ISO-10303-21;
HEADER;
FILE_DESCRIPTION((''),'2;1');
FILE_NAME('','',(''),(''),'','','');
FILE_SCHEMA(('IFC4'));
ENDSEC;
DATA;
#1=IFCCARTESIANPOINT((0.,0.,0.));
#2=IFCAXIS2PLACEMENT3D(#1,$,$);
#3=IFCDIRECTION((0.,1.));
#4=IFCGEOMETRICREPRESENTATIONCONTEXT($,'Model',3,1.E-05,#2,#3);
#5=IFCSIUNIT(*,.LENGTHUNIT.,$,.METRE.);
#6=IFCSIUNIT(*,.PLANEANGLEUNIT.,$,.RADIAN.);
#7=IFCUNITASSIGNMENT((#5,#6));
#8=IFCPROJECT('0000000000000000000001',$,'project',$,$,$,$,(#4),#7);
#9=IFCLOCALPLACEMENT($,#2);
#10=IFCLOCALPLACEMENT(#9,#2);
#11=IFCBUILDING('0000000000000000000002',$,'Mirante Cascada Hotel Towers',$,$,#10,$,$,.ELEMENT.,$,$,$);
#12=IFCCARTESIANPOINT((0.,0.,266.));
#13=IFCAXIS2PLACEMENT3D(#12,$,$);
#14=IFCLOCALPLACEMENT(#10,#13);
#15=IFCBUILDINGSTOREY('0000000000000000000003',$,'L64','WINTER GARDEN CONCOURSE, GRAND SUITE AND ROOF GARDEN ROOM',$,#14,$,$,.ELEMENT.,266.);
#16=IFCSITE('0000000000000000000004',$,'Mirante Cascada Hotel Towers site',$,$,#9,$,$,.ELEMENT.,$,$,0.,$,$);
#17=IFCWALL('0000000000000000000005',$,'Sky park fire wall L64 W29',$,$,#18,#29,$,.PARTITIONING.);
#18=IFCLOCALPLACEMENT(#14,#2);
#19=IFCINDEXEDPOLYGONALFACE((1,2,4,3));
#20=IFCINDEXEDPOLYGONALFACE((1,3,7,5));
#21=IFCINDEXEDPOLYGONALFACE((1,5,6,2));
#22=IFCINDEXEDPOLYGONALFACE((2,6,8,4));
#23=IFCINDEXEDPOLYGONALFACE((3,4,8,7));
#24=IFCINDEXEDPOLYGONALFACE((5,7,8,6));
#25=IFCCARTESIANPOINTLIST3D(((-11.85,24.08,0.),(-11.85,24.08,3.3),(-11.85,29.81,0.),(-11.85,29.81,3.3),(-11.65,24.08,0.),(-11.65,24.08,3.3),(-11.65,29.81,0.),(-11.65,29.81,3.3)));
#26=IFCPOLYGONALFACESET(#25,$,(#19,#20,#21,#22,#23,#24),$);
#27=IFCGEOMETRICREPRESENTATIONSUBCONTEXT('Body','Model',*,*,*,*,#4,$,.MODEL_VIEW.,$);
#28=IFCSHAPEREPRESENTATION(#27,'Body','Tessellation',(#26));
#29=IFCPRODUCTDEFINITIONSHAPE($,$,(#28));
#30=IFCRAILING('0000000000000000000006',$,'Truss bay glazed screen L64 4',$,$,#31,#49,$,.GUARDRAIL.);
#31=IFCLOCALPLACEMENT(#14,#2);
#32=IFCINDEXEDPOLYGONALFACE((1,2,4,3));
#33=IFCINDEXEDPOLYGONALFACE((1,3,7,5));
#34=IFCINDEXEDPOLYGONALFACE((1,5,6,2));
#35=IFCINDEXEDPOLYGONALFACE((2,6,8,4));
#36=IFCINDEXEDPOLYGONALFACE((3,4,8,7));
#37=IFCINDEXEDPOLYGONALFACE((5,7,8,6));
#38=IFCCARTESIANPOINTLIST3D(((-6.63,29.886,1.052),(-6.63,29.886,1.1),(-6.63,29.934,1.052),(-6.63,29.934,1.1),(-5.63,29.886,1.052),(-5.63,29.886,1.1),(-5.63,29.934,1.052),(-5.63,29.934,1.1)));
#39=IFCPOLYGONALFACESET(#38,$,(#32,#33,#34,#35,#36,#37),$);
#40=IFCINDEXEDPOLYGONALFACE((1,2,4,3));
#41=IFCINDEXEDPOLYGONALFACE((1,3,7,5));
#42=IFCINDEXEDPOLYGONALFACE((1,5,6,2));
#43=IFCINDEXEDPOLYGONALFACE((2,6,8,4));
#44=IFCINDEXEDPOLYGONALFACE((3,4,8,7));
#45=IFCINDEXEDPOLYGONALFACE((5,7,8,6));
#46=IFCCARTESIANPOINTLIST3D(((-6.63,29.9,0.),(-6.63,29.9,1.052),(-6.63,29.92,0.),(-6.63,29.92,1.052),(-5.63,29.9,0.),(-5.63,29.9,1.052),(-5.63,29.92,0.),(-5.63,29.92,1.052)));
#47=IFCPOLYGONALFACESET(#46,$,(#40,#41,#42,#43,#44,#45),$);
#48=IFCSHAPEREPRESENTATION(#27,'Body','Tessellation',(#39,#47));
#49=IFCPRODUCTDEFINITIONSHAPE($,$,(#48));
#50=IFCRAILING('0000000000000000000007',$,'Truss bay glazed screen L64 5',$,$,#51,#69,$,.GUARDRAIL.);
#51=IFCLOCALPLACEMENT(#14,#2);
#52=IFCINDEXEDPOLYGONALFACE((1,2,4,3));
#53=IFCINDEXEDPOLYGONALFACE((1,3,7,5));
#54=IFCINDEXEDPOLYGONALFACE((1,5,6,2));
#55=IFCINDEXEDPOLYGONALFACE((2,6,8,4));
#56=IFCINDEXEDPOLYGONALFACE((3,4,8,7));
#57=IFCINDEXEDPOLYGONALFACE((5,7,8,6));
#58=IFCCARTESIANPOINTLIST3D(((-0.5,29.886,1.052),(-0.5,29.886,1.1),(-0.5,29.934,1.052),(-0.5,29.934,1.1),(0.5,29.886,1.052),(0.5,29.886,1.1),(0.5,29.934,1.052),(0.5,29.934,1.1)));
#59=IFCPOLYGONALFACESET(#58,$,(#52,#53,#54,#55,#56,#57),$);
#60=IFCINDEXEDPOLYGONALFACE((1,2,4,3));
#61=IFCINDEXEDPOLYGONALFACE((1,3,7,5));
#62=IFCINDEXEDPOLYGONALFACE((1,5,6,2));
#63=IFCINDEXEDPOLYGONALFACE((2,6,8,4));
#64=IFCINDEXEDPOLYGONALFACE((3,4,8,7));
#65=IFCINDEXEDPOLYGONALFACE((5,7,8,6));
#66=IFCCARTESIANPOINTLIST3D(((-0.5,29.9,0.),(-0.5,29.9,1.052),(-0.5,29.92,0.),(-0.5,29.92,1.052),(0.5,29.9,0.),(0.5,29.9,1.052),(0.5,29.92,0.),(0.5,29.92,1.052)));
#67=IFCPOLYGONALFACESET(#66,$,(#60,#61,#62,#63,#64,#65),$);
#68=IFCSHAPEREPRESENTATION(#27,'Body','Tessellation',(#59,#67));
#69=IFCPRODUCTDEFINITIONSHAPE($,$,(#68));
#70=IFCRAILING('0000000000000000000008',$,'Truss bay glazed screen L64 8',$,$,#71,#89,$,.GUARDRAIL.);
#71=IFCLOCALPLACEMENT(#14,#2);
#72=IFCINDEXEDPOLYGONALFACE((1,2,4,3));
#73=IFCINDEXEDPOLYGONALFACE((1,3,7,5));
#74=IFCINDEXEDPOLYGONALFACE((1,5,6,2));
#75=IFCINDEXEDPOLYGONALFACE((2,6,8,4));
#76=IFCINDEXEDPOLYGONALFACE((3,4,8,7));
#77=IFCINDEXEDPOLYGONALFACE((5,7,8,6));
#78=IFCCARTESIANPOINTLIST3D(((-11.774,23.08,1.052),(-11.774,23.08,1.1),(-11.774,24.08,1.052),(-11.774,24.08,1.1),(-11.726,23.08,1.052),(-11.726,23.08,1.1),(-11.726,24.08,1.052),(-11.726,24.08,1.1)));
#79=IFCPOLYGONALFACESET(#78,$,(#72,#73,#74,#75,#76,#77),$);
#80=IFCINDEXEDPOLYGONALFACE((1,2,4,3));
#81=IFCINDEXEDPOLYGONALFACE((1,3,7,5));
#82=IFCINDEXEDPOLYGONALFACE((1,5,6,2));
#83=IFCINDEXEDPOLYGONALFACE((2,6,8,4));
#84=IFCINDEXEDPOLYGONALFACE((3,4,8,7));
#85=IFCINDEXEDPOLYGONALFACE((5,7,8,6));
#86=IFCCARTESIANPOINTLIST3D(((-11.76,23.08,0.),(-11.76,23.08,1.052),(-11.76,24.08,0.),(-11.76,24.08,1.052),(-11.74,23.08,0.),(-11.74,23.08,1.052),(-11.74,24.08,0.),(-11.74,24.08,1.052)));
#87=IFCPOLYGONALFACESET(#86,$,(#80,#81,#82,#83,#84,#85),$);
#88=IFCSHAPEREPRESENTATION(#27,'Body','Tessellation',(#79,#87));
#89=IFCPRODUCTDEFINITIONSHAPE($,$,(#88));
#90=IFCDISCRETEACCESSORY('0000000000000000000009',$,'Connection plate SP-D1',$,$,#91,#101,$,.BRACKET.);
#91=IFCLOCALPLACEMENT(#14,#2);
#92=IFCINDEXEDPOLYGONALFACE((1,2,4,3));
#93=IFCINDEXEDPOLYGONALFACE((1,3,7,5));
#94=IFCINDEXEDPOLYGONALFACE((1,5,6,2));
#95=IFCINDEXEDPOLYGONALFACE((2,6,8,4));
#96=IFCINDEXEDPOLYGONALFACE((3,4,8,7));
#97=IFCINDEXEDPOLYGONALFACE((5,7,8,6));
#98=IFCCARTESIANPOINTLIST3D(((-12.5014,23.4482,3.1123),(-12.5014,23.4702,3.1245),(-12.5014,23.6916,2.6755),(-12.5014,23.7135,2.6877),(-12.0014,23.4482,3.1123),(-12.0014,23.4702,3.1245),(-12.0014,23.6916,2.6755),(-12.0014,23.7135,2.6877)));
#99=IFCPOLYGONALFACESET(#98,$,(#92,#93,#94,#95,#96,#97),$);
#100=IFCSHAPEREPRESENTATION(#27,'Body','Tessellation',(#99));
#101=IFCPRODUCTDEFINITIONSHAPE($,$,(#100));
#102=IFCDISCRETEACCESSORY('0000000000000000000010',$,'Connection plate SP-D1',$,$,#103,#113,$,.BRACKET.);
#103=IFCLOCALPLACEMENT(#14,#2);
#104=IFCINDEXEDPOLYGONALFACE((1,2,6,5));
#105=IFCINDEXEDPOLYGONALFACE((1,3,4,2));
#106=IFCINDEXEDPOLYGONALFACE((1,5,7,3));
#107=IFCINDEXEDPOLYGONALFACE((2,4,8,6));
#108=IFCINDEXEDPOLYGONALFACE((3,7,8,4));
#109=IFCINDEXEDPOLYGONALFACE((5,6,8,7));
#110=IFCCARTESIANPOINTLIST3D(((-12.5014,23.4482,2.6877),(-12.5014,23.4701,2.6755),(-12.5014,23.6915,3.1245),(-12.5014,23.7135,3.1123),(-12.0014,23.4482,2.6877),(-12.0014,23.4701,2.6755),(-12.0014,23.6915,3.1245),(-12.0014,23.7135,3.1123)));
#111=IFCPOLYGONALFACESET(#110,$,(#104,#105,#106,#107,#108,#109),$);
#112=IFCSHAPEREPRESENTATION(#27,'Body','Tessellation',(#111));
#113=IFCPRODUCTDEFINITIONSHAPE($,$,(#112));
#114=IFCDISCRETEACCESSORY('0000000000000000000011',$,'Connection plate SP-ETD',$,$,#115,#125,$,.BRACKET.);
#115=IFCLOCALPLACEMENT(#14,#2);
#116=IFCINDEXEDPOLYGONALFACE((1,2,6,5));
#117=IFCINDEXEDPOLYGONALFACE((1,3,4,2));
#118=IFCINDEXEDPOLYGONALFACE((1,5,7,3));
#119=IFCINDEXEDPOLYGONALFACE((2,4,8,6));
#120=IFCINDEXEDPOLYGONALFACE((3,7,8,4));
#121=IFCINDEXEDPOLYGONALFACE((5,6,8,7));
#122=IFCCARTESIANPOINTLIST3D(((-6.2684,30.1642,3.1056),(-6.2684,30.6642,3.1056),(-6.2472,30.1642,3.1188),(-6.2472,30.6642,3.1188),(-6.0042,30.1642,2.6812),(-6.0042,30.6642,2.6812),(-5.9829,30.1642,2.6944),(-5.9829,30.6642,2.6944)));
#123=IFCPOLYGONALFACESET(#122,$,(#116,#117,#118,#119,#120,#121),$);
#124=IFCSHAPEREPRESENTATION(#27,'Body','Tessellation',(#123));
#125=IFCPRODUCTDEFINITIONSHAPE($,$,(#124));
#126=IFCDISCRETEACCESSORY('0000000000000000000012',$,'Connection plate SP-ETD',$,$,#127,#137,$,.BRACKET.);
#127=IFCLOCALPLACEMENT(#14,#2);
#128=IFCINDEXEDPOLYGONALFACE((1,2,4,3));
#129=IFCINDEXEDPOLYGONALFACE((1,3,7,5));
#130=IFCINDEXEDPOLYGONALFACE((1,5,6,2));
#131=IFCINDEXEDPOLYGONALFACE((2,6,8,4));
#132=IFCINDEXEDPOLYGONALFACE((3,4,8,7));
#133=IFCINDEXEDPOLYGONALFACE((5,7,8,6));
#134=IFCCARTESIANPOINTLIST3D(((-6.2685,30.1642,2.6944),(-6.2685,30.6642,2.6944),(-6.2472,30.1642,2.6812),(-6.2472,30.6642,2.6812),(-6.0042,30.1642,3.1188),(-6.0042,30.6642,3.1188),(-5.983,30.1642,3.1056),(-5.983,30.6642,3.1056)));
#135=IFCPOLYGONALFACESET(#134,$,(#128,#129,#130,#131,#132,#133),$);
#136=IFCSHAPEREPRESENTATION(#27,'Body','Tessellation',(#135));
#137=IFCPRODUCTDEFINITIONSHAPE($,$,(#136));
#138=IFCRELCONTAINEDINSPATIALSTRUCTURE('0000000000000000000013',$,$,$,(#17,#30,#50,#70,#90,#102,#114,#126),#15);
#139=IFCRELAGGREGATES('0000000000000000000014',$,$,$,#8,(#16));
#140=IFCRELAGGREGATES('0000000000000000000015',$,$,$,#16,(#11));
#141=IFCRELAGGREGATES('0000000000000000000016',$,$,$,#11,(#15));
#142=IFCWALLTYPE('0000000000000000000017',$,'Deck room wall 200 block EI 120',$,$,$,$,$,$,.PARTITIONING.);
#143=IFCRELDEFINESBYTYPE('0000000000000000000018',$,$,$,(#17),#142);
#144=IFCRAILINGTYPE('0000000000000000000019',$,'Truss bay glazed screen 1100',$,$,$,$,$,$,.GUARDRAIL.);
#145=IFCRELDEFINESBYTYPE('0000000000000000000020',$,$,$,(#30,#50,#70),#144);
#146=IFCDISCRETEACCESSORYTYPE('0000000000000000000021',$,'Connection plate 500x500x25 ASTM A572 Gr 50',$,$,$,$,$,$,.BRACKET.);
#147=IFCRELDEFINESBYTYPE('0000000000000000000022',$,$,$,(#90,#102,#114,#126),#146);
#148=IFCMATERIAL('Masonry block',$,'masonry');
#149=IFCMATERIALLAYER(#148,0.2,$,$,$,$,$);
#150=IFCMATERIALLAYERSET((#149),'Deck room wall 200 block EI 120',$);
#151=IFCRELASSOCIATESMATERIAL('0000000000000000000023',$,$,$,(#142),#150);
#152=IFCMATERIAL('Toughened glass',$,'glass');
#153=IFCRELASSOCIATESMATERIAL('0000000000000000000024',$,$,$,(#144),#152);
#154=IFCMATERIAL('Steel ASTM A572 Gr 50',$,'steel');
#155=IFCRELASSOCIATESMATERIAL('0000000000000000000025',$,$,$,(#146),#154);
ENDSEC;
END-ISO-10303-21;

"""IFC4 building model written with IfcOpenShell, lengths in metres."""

from ifc_helpers import new_model, si_unit, direction, frame, frame_2d, origin, origin_2d, place, context, subcontext, project, spatial, rectangle, extrude, material, layer, layer_set, material_profile, profile_set, type_object, element, save


model = new_model("IFC4")

# Units and contexts
model_context = context("Model", 3, precision=1e-05, world=origin(), true_north=direction((0.0, 1.0)))
body_context = subcontext(model_context, "Body", "Model", "MODEL_VIEW")
ifc_project = project(units=[si_unit("LENGTHUNIT", "METRE"), si_unit("PLANEANGLEUNIT", "RADIAN")], contexts=[model_context])

# Site, building, storey
site_placement = place(None, origin())
site = spatial("IfcSite", under=ifc_project, at=site_placement, Name="Mirante Cascada Hotel Towers site", CompositionType="ELEMENT", RefElevation=0.0)
building_placement = place(site_placement, origin())
building = spatial("IfcBuilding", under=site, at=building_placement, Name="Mirante Cascada Hotel Towers", CompositionType="ELEMENT")
storey_placement = place(building_placement, frame((0.0, 0.0, 266.0)))
storey = spatial("IfcBuildingStorey", under=building, at=storey_placement, Name="L64", Description="WINTER GARDEN CONCOURSE, GRAND SUITE AND ROOF GARDEN ROOM", CompositionType="ELEMENT", Elevation=266.0)

# Wall
ifc_material_1 = material(Name="Masonry block", Category="masonry")
ifc_layer_1 = layer(ifc_material_1, 0.2)
ifc_layer_set_1 = layer_set([ifc_layer_1], Name="Deck room wall 200 block EI 120")
wall_type = type_object("IfcWallType", Name="Deck room wall 200 block EI 120", PredefinedType="PARTITIONING", material=ifc_layer_set_1)
wall_1_placement = place(storey_placement, frame((-11.75, 24.08, 0.0), z_axis=(0.0, 0.0, 1.0), x_axis=(0.0, 1.0, 0.0)))
element("IfcWall", 1, at=wall_1_placement, inside=storey, type_object=wall_type, Name="Sky park fire wall L64 W29", PredefinedType="PARTITIONING", context=body_context, shape_type="SweptSolid", body=[
    extrude(rectangle(XDim=5.73, YDim=0.2, at=frame_2d((2.865, 0.0))), origin(), (0.0, 0.0, 1.0), 3.3),
])

# Railings
ifc_material_2 = material(Name="Toughened glass", Category="glass")
railing_type = type_object("IfcRailingType", Name="Truss bay glazed screen 1100", PredefinedType="GUARDRAIL", material=ifc_material_2)
for number, where, name in (
    (2, (-6.63, 29.91, 0.0), "Truss bay glazed screen L64 4"),
    (3, (-0.5, 29.91, 0.0), "Truss bay glazed screen L64 5"),
):
    element("IfcRailing", number, at=place(storey_placement, frame(where)), inside=storey, type_object=railing_type, Name=name, PredefinedType="GUARDRAIL", context=body_context, shape_type="SweptSolid", body=[
        extrude(rectangle(XDim=0.048, YDim=0.048, at=origin_2d()), frame((0.0, 0.0, 1.076), z_axis=(1.0, 0.0, 0.0), x_axis=(0.0, 1.0, 0.0)), (0.0, 0.0, 1.0), 1.0),
        extrude(rectangle(XDim=0.02, YDim=1.052, at=origin_2d()), frame((0.0, 0.0, 0.526), z_axis=(1.0, 0.0, 0.0), x_axis=(0.0, 1.0, 0.0)), (0.0, 0.0, 1.0), 1.0),
    ])
railing_placement = place(storey_placement, frame((-11.75, 23.08, 0.0)))
element("IfcRailing", 4, at=railing_placement, inside=storey, type_object=railing_type, Name="Truss bay glazed screen L64 8", PredefinedType="GUARDRAIL", context=body_context, shape_type="SweptSolid", body=[
    extrude(rectangle(XDim=0.048, YDim=0.048, at=origin_2d()), frame((0.0, 0.0, 1.076), z_axis=(0.0, 1.0, 0.0), x_axis=(-1.0, 0.0, 0.0)), (0.0, 0.0, 1.0), 1.0),
    extrude(rectangle(XDim=0.02, YDim=1.052, at=origin_2d()), frame((0.0, 0.0, 0.526), z_axis=(0.0, 1.0, 0.0), x_axis=(-1.0, 0.0, 0.0)), (0.0, 0.0, 1.0), 1.0),
])

# Discrete accessories
ifc_material_3 = material(Name="Steel ASTM A572 Gr 50", Category="steel")
ifc_material_profile_1 = material_profile(ifc_material_3, rectangle(XDim=0.5, YDim=0.5, at=origin_2d()), Name="Connection plate 500x500x25 ASTM A572 Gr 50")
ifc_profile_set_1 = profile_set([ifc_material_profile_1], Name="Steel ASTM A572 Gr 50")
discrete_accessory_type = type_object("IfcDiscreteAccessoryType", Name="Connection plate 500x500x25 ASTM A572 Gr 50", PredefinedType="BRACKET", material=ifc_profile_set_1)
for number, where, z_axis, x_axis, name in (
    (5, (-12.2514, 23.5699, 2.8939), (0.0, 0.873592, 0.486659), (-1.0, 0.0, 0.0), "Connection plate SP-D1"),
    (6, (-12.2514, 23.5918, 2.8939), (0.0, -0.873592, 0.486659), (1.0, 0.0, 0.0), "Connection plate SP-D1"),
):
    element("IfcDiscreteAccessory", number, at=place(storey_placement, frame(where, z_axis=z_axis, x_axis=x_axis)), inside=storey, type_object=discrete_accessory_type, Name=name, PredefinedType="BRACKET", context=body_context, shape_type="SweptSolid", body=[
        extrude(rectangle(XDim=0.5, YDim=0.5, at=origin_2d()), origin(), (0.0, 0.0, 1.0), 0.0251),
    ])
for number, where, z_axis, x_axis, name in (
    (7, (-6.1363, 30.4142, 2.8934), (0.848897, 0.0, 0.528559), (0.0, 1.0, 0.0), "Connection plate SP-ETD"),
    (8, (-6.1151, 30.4142, 2.8934), (-0.848897, 0.0, 0.528559), (0.0, -1.0, 0.0), "Connection plate SP-ETD"),
):
    element("IfcDiscreteAccessory", number, at=place(storey_placement, frame(where, z_axis=z_axis, x_axis=x_axis)), inside=storey, type_object=discrete_accessory_type, Name=name, PredefinedType="BRACKET", context=body_context, shape_type="SweptSolid", body=[
        extrude(rectangle(XDim=0.5, YDim=0.5, at=origin_2d()), origin(), (0.0, 0.0, 1.0), 0.025),
    ])

save(model, "model.ifc")
